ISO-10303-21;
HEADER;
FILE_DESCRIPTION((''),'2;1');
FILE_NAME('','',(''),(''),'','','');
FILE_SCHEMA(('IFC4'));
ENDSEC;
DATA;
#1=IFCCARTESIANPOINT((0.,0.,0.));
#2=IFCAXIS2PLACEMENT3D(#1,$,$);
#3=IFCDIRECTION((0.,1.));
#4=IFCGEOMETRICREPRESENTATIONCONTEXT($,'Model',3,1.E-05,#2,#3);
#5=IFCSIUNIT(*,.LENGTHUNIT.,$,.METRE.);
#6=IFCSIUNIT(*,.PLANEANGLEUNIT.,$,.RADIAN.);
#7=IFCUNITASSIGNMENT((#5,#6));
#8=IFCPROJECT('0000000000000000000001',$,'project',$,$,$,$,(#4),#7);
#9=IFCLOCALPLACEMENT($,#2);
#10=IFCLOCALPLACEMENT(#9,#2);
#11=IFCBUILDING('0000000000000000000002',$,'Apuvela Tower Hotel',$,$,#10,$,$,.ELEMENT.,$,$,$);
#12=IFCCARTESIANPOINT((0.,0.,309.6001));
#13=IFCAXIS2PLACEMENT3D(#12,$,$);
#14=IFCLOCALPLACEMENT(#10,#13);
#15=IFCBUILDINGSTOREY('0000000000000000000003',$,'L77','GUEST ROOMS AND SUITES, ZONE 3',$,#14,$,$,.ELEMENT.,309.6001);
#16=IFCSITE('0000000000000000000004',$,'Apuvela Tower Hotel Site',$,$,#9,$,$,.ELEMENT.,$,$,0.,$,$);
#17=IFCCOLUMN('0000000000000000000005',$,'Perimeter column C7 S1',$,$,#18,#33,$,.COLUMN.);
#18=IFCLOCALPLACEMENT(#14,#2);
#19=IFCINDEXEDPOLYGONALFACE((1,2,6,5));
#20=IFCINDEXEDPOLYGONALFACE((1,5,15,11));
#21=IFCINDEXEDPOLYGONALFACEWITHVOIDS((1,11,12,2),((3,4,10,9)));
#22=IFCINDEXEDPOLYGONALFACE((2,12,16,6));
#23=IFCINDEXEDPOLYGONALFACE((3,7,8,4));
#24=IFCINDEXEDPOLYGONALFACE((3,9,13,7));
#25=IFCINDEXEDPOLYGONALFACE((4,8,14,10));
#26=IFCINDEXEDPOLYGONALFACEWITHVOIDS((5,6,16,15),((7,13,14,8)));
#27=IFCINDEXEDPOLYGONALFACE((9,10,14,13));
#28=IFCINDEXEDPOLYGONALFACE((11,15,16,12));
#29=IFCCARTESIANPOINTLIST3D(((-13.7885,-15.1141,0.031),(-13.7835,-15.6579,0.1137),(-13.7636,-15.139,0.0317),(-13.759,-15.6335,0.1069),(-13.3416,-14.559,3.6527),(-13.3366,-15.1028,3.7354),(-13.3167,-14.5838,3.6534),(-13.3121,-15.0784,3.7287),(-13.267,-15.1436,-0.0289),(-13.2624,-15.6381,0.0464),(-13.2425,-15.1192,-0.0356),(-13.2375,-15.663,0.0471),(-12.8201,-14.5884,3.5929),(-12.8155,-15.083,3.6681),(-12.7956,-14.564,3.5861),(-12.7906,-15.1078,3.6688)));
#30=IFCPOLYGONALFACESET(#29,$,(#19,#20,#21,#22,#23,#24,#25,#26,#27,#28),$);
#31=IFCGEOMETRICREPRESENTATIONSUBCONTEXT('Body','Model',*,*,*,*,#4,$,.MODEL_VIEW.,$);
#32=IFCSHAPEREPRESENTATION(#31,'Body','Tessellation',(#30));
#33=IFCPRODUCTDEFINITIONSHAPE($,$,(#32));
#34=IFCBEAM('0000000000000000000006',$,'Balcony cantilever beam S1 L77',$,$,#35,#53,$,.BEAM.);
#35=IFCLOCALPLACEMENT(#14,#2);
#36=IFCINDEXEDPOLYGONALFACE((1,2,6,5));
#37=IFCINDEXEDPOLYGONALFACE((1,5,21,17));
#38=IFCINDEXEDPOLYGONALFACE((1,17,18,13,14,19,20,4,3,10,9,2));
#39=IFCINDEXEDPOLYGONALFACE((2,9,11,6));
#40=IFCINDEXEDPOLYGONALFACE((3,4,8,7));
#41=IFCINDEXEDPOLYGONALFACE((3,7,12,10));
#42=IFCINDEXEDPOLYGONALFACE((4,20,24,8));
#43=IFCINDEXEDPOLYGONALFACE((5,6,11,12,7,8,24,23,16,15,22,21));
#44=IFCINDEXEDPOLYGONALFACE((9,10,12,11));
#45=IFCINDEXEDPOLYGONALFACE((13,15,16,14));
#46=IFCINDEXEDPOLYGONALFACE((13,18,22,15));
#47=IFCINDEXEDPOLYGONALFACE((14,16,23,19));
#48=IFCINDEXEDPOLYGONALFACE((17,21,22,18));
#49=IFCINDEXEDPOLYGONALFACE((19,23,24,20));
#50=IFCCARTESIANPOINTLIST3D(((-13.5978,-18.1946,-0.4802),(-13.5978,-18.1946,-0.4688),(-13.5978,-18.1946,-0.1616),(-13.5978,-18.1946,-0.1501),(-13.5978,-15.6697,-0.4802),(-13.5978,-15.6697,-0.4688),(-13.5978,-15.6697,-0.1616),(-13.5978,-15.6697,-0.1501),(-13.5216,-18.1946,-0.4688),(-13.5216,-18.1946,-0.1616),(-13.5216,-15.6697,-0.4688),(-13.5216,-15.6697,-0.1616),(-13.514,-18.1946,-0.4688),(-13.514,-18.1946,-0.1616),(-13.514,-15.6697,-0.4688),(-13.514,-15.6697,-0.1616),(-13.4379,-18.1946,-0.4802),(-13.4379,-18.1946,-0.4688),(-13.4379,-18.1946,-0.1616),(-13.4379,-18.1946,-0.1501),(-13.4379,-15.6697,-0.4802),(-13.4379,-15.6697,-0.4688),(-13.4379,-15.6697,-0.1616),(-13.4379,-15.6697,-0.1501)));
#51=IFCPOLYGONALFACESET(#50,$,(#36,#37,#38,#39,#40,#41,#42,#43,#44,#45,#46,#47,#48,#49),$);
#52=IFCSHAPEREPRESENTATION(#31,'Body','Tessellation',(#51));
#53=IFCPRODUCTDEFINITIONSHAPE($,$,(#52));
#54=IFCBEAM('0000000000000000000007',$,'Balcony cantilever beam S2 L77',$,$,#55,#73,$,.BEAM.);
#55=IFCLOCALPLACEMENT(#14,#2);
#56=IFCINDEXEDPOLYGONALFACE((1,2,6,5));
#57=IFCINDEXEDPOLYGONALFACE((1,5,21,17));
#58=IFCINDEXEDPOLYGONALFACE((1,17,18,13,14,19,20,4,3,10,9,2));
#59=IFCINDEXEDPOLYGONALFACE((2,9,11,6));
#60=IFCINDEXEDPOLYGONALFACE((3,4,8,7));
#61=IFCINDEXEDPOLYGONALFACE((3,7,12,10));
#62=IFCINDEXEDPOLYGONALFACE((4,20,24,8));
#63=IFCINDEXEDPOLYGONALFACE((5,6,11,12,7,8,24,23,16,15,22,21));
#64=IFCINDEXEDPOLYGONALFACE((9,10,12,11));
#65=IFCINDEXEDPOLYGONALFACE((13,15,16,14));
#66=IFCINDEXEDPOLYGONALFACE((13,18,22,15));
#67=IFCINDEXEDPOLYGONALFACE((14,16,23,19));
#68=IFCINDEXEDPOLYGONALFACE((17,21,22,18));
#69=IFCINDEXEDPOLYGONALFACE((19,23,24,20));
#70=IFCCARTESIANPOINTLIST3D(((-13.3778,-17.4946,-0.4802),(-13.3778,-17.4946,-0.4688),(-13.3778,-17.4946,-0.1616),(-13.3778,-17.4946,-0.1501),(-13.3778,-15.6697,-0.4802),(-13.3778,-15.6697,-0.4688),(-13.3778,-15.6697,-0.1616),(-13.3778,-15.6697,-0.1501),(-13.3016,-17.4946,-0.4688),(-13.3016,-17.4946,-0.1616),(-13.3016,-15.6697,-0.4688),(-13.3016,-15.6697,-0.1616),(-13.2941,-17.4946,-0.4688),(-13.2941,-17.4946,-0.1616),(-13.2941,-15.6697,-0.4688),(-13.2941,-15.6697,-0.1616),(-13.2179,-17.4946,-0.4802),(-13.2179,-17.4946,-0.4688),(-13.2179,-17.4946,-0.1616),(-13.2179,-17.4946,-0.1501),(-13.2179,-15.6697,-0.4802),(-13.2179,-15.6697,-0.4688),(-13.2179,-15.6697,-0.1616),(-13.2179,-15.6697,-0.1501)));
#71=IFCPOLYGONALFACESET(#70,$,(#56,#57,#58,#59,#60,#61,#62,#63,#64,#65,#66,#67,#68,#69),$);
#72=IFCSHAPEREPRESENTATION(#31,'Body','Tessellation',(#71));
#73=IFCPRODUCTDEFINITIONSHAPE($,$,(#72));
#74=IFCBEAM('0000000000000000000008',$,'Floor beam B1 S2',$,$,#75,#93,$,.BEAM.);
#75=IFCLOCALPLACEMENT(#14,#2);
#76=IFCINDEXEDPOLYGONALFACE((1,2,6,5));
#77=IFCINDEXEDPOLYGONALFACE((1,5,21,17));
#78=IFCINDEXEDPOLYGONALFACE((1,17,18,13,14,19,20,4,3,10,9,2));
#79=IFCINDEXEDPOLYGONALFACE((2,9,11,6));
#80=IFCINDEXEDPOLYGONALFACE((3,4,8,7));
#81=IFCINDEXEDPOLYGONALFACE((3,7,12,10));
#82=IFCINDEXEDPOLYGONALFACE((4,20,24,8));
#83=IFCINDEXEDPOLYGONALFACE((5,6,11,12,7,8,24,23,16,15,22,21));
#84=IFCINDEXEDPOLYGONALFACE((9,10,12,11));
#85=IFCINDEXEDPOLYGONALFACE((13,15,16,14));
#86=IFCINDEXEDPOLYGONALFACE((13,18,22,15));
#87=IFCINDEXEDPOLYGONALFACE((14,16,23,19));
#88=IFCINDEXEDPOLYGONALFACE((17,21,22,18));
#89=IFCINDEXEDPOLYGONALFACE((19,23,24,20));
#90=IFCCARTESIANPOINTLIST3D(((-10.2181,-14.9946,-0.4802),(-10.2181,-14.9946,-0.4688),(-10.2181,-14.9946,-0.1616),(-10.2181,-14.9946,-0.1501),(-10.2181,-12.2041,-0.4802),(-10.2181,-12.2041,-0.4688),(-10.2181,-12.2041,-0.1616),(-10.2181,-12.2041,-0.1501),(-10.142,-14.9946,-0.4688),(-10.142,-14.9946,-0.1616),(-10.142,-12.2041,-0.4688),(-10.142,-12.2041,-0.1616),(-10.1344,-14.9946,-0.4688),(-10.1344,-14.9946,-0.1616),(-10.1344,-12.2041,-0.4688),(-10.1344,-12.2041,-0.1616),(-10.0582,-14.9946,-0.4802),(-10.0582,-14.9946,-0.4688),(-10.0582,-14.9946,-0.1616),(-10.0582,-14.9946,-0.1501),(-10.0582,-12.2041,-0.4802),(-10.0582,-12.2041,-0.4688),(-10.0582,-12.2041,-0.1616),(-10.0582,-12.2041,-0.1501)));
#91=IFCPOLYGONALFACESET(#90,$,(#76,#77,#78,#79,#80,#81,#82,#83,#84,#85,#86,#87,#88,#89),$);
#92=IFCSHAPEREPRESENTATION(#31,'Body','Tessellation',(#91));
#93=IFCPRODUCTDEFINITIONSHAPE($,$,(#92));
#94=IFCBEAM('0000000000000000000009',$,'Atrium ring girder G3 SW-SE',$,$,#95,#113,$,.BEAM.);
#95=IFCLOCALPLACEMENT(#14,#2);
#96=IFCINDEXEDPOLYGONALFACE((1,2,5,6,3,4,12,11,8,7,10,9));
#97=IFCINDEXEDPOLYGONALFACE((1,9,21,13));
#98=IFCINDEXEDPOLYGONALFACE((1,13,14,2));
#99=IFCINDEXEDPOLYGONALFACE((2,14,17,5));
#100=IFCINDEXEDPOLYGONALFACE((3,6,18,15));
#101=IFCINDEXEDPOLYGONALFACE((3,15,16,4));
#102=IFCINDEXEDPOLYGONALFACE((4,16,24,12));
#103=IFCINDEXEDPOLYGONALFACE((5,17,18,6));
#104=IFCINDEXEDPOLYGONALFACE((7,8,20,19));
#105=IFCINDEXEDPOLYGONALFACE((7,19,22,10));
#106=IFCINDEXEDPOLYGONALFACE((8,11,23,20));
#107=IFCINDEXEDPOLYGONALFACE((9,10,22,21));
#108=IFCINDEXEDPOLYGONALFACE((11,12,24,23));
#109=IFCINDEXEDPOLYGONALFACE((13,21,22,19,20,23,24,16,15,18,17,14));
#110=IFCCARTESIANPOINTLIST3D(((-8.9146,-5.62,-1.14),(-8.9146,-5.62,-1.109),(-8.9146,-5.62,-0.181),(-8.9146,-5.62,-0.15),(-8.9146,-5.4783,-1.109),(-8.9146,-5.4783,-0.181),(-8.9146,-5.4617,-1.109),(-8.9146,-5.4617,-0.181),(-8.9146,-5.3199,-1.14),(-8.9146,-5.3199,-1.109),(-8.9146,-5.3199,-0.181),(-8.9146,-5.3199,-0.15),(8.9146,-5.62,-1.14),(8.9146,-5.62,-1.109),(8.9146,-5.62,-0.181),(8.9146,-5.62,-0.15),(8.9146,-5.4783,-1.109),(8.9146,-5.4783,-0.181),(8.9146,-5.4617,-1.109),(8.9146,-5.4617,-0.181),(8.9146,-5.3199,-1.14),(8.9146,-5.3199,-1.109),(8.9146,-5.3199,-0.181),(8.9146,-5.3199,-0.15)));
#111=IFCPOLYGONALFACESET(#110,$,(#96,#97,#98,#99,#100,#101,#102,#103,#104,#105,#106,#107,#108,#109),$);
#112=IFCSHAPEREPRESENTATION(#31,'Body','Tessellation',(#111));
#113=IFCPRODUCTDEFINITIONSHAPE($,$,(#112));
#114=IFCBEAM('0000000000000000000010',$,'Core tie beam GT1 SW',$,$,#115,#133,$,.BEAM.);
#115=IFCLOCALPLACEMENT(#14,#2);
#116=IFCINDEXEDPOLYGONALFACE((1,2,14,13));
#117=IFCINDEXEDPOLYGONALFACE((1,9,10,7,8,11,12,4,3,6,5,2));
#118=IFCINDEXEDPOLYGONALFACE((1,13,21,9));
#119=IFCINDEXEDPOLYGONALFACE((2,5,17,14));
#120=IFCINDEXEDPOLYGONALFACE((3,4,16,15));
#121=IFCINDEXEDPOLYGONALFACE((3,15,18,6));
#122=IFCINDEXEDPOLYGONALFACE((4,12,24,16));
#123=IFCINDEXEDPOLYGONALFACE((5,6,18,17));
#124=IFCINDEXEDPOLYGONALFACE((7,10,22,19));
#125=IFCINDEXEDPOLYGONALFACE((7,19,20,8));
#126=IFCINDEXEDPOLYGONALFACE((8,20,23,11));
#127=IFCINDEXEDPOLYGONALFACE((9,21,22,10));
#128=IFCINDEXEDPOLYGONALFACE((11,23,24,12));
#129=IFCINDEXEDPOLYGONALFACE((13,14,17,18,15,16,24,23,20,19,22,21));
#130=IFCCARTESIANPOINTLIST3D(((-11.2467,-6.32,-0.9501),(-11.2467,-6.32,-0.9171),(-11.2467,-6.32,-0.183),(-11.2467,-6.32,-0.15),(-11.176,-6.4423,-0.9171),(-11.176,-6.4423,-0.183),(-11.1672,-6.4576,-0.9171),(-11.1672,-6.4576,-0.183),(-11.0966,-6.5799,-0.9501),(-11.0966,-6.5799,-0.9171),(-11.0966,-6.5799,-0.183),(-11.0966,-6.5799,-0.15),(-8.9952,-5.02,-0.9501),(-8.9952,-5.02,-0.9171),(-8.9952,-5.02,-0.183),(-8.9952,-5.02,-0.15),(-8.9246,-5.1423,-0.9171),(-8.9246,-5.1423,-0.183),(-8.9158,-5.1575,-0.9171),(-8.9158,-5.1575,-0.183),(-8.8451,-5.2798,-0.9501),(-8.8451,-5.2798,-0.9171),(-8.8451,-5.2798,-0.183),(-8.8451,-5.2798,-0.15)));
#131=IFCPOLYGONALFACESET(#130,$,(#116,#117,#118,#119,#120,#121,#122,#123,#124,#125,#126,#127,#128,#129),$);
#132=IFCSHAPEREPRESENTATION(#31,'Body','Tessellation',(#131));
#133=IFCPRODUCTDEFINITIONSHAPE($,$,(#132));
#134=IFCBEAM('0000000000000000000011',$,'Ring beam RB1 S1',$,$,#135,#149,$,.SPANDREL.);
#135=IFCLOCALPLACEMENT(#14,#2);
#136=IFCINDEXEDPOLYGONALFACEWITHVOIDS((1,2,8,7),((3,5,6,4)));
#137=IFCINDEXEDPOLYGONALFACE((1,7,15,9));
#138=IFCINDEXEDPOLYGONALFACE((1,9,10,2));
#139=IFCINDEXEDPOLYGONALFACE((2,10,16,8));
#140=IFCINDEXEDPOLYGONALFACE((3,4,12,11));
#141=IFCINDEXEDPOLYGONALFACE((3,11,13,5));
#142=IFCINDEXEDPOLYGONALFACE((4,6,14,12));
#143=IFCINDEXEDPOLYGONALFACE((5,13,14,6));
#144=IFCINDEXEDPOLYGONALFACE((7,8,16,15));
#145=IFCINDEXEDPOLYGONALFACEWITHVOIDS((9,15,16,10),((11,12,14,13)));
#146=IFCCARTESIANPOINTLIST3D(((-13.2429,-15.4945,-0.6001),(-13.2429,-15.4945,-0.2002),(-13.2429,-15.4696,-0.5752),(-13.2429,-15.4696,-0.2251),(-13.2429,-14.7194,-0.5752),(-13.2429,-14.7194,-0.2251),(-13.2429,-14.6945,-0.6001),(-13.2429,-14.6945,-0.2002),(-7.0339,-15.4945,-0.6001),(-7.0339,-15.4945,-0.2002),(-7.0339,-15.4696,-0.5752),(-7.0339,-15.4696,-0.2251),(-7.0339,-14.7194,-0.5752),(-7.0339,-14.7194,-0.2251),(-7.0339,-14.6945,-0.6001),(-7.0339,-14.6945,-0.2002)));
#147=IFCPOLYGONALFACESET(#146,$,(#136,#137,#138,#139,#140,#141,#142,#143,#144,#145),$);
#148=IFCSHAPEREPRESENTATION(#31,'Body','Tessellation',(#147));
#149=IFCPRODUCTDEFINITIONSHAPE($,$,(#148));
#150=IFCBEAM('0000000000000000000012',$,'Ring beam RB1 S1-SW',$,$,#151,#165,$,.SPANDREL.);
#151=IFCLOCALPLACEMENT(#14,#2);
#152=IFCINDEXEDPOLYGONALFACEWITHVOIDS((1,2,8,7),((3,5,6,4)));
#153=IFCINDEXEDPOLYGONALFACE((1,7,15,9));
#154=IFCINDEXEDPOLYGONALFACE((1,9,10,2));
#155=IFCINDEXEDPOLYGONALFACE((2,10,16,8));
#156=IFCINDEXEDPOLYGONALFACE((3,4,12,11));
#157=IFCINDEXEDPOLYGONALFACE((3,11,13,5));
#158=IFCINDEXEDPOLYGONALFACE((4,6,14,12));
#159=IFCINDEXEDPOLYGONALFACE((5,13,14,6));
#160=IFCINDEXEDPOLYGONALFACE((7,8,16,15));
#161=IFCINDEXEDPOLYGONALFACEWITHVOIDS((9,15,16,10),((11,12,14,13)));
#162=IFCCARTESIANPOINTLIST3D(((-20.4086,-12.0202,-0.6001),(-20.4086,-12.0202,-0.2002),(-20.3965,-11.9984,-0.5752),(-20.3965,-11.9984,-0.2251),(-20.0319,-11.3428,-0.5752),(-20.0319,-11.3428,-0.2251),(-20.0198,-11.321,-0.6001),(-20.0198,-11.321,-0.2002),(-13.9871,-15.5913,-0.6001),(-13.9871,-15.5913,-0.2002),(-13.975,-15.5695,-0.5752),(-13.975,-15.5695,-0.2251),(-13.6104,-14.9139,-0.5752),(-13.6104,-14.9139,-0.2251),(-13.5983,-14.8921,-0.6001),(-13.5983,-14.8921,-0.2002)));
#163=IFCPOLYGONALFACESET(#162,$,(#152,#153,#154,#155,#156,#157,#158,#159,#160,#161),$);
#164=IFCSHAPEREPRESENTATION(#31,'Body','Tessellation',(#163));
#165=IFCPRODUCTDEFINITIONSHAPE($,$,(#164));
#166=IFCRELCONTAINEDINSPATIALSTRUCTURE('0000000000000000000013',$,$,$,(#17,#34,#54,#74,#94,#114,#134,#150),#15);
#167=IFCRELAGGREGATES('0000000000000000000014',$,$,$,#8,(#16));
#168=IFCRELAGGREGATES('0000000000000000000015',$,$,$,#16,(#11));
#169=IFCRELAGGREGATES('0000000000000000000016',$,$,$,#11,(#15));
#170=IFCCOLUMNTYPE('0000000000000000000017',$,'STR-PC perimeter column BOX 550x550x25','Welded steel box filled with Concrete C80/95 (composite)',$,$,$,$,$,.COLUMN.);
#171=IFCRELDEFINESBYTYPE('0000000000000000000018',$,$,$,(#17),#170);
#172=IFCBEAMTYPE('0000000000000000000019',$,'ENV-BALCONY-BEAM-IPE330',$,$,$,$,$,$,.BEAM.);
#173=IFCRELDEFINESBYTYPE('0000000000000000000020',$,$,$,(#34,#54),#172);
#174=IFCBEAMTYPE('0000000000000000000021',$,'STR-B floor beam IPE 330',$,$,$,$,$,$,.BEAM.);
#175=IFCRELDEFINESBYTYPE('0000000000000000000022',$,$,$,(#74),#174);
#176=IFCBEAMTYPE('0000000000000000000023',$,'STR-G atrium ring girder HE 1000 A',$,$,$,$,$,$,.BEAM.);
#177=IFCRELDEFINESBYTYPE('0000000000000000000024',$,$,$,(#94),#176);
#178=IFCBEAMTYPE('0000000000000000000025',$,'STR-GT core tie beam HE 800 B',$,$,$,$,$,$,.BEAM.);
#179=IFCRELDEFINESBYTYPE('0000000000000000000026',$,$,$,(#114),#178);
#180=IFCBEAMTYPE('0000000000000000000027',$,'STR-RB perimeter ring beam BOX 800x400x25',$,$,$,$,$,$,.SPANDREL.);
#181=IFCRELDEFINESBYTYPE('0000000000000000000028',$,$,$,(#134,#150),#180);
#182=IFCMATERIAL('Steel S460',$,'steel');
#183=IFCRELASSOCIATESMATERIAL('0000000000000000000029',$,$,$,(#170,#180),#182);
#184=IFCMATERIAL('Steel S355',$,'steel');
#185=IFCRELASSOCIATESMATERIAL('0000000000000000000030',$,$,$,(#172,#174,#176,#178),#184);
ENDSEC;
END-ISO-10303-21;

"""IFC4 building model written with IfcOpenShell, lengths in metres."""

from ifc_helpers import new_model, si_unit, direction, frame, origin, origin_2d, place, context, subcontext, project, spatial, rectangle, hollow_rectangle, i_section, extrude, boolean, halfspace, material, material_profile, profile_set, type_object, element, save


model = new_model("IFC4")

# Units and contexts
model_context = context("Model", 3, precision=1e-05, world=origin(), true_north=direction((0.0, 1.0)))
body_context = subcontext(model_context, "Body", "Model", "MODEL_VIEW")
ifc_project = project(units=[si_unit("LENGTHUNIT", "METRE"), si_unit("PLANEANGLEUNIT", "RADIAN")], contexts=[model_context])

# Site, building, storey
site_placement = place(None, origin())
site = spatial("IfcSite", under=ifc_project, at=site_placement, Name="Apuvela Tower Hotel Site", CompositionType="ELEMENT", RefElevation=0.0)
building_placement = place(site_placement, origin())
building = spatial("IfcBuilding", under=site, at=building_placement, Name="Apuvela Tower Hotel", CompositionType="ELEMENT")
storey_placement = place(building_placement, frame((0.0, 0.0, 309.6001)))
storey = spatial("IfcBuildingStorey", under=building, at=storey_placement, Name="L77", Description="GUEST ROOMS AND SUITES, ZONE 3", CompositionType="ELEMENT", Elevation=309.6001)

# Column
ifc_material_1 = material(Name="Steel S460", Category="steel")
ifc_material_profile_1 = material_profile(ifc_material_1, hollow_rectangle(XDim=0.55, YDim=0.55, WallThickness=0.0249, at=origin_2d()), Name="BOX 550x550x25")
ifc_material_2 = material(Name="Concrete C80/95", Category="concrete")
ifc_material_profile_2 = material_profile(ifc_material_2, rectangle(XDim=0.5, YDim=0.5, at=origin_2d()), Name="Concrete C80/95 infill")
ifc_profile_set_1 = profile_set([ifc_material_profile_1, ifc_material_profile_2], Name="Steel S460")
column_type = type_object("IfcColumnType", Name="STR-PC perimeter column BOX 550x550x25", Description="Welded steel box filled with Concrete C80/95 (composite)", PredefinedType="COLUMN", material=ifc_profile_set_1)
column_placement = place(storey_placement, frame((-13.5178, -15.3945, 0.0), z_axis=(0.12107, 0.150399, 0.981184), x_axis=(-0.992602, 0.009205, 0.121068)))
element("IfcColumn", 1, at=column_placement, inside=storey, type_object=column_type, Name="Perimeter column C7 S1", PredefinedType="COLUMN", context=body_context, shape_type="SweptSolid", body=[
    boolean("DIFFERENCE", boolean("DIFFERENCE", extrude(hollow_rectangle(XDim=0.55, YDim=0.55, WallThickness=0.0249, at=origin_2d()), origin(), (0.0, 0.0, 1.0), 3.771), halfspace(frame((0.0, 0.0, 0.0398), z_axis=(0.0, 0.0, 1.0), x_axis=(1.0, 0.0, 0.0)), True)), halfspace(frame((0.0, 0.0, 3.731), z_axis=(0.0, 0.0, 1.0), x_axis=(1.0, 0.0, 0.0)), False)),
])

# Beams
ifc_material_3 = material(Name="Steel S355", Category="steel")
ifc_material_profile_3 = material_profile(ifc_material_3, i_section(OverallWidth=0.1599, OverallDepth=0.3301, WebThickness=0.0076, FlangeThickness=0.0115, at=origin_2d()), Name="IPE 330")
ifc_profile_set_2 = profile_set([ifc_material_profile_3], Name="Steel S355")
beam_type_1 = type_object("IfcBeamType", Name="ENV-BALCONY-BEAM-IPE330", PredefinedType="BEAM", material=ifc_profile_set_2)
beam_1_placement = place(storey_placement, frame((-13.5178, -15.6697, -0.3152), z_axis=(0.0, -1.0, 0.0), x_axis=(1.0, 0.0, 0.0)))
element("IfcBeam", 2, at=beam_1_placement, inside=storey, type_object=beam_type_1, Name="Balcony cantilever beam S1 L77", PredefinedType="BEAM", context=body_context, shape_type="SweptSolid", body=[
    extrude(i_section(OverallWidth=0.1599, OverallDepth=0.3301, WebThickness=0.0076, FlangeThickness=0.0115, at=origin_2d()), origin(), (0.0, 0.0, 1.0), 2.5249),
])
beam_2_placement = place(storey_placement, frame((-13.2979, -15.6697, -0.3152), z_axis=(0.0, -1.0, 0.0), x_axis=(1.0, 0.0, 0.0)))
element("IfcBeam", 3, at=beam_2_placement, inside=storey, type_object=beam_type_1, Name="Balcony cantilever beam S2 L77", PredefinedType="BEAM", context=body_context, shape_type="SweptSolid", body=[
    extrude(i_section(OverallWidth=0.1599, OverallDepth=0.3301, WebThickness=0.0076, FlangeThickness=0.0115, at=origin_2d()), origin(), (0.0, 0.0, 1.0), 1.825),
])
ifc_material_profile_4 = material_profile(ifc_material_3, i_section(OverallWidth=0.1599, OverallDepth=0.3301, WebThickness=0.0076, FlangeThickness=0.0115, at=origin_2d()), Name="IPE 330")
ifc_profile_set_3 = profile_set([ifc_material_profile_4], Name="Steel S355")
beam_type_2 = type_object("IfcBeamType", Name="STR-B floor beam IPE 330", PredefinedType="BEAM", material=ifc_profile_set_3)
beam_3_placement = place(storey_placement, frame((-10.1382, -14.9946, -0.3152), z_axis=(0.0, 1.0, 0.0), x_axis=(-1.0, 0.0, 0.0)))
element("IfcBeam", 4, at=beam_3_placement, inside=storey, type_object=beam_type_2, Name="Floor beam B1 S2", PredefinedType="BEAM", context=body_context, shape_type="SweptSolid", body=[
    extrude(i_section(OverallWidth=0.1599, OverallDepth=0.3301, WebThickness=0.0076, FlangeThickness=0.0115, at=origin_2d()), origin(), (0.0, 0.0, 1.0), 2.7905),
])
ifc_material_profile_5 = material_profile(ifc_material_3, i_section(OverallWidth=0.3, OverallDepth=0.99, WebThickness=0.0166, FlangeThickness=0.031, at=origin_2d()), Name="HE 1000 A")
ifc_profile_set_4 = profile_set([ifc_material_profile_5], Name="Steel S355")
beam_type_3 = type_object("IfcBeamType", Name="STR-G atrium ring girder HE 1000 A", PredefinedType="BEAM", material=ifc_profile_set_4)
beam_4_placement = place(storey_placement, frame((-8.9146, -5.47, -0.645), z_axis=(1.0, 0.0, 0.0), x_axis=(0.0, 1.0, 0.0)))
element("IfcBeam", 5, at=beam_4_placement, inside=storey, type_object=beam_type_3, Name="Atrium ring girder G3 SW-SE", PredefinedType="BEAM", context=body_context, shape_type="SweptSolid", body=[
    extrude(i_section(OverallWidth=0.3, OverallDepth=0.99, WebThickness=0.0166, FlangeThickness=0.031, at=origin_2d()), origin(), (0.0, 0.0, 1.0), 17.8291),
])
ifc_material_profile_6 = material_profile(ifc_material_3, i_section(OverallWidth=0.3, OverallDepth=0.8, WebThickness=0.0176, FlangeThickness=0.033, at=origin_2d()), Name="HE 800 B")
ifc_profile_set_5 = profile_set([ifc_material_profile_6], Name="Steel S355")
beam_type_4 = type_object("IfcBeamType", Name="STR-GT core tie beam HE 800 B", PredefinedType="BEAM", material=ifc_profile_set_5)
beam_5_placement = place(storey_placement, frame((-11.1716, -6.45, -0.55), z_axis=(0.865998, 0.500048, 0.0), x_axis=(-0.500048, 0.865998, 0.0)))
element("IfcBeam", 6, at=beam_5_placement, inside=storey, type_object=beam_type_4, Name="Core tie beam GT1 SW", PredefinedType="BEAM", context=body_context, shape_type="SweptSolid", body=[
    extrude(i_section(OverallWidth=0.3, OverallDepth=0.8, WebThickness=0.0176, FlangeThickness=0.033, at=origin_2d()), origin(), (0.0, 0.0, 1.0), 2.5999),
])
ifc_material_profile_7 = material_profile(ifc_material_1, hollow_rectangle(XDim=0.8, YDim=0.3999, WallThickness=0.0249, at=origin_2d()), Name="BOX 800x400x25")
ifc_profile_set_6 = profile_set([ifc_material_profile_7], Name="Steel S460")
beam_type_5 = type_object("IfcBeamType", Name="STR-RB perimeter ring beam BOX 800x400x25", PredefinedType="SPANDREL", material=ifc_profile_set_6)
beam_6_placement = place(storey_placement, frame((-13.2429, -15.0945, -0.4001), z_axis=(1.0, 0.0, 0.0), x_axis=(0.0, 1.0, 0.0)))
element("IfcBeam", 7, at=beam_6_placement, inside=storey, type_object=beam_type_5, Name="Ring beam RB1 S1", PredefinedType="SPANDREL", context=body_context, shape_type="SweptSolid", body=[
    extrude(hollow_rectangle(XDim=0.8, YDim=0.3999, WallThickness=0.0249, at=origin_2d()), origin(), (0.0, 0.0, 1.0), 6.209),
])
beam_7_placement = place(storey_placement, frame((-13.7927, -15.2417, -0.4001), z_axis=(-0.873949, 0.486018, 0.0), x_axis=(-0.486018, -0.873949, 0.0)))
element("IfcBeam", 8, at=beam_7_placement, inside=storey, type_object=beam_type_5, Name="Ring beam RB1 S1-SW", PredefinedType="SPANDREL", context=body_context, shape_type="SweptSolid", body=[
    extrude(hollow_rectangle(XDim=0.8, YDim=0.3999, WallThickness=0.0249, at=origin_2d()), origin(), (0.0, 0.0, 1.0), 7.3477),
])

save(model, "model.ifc")
